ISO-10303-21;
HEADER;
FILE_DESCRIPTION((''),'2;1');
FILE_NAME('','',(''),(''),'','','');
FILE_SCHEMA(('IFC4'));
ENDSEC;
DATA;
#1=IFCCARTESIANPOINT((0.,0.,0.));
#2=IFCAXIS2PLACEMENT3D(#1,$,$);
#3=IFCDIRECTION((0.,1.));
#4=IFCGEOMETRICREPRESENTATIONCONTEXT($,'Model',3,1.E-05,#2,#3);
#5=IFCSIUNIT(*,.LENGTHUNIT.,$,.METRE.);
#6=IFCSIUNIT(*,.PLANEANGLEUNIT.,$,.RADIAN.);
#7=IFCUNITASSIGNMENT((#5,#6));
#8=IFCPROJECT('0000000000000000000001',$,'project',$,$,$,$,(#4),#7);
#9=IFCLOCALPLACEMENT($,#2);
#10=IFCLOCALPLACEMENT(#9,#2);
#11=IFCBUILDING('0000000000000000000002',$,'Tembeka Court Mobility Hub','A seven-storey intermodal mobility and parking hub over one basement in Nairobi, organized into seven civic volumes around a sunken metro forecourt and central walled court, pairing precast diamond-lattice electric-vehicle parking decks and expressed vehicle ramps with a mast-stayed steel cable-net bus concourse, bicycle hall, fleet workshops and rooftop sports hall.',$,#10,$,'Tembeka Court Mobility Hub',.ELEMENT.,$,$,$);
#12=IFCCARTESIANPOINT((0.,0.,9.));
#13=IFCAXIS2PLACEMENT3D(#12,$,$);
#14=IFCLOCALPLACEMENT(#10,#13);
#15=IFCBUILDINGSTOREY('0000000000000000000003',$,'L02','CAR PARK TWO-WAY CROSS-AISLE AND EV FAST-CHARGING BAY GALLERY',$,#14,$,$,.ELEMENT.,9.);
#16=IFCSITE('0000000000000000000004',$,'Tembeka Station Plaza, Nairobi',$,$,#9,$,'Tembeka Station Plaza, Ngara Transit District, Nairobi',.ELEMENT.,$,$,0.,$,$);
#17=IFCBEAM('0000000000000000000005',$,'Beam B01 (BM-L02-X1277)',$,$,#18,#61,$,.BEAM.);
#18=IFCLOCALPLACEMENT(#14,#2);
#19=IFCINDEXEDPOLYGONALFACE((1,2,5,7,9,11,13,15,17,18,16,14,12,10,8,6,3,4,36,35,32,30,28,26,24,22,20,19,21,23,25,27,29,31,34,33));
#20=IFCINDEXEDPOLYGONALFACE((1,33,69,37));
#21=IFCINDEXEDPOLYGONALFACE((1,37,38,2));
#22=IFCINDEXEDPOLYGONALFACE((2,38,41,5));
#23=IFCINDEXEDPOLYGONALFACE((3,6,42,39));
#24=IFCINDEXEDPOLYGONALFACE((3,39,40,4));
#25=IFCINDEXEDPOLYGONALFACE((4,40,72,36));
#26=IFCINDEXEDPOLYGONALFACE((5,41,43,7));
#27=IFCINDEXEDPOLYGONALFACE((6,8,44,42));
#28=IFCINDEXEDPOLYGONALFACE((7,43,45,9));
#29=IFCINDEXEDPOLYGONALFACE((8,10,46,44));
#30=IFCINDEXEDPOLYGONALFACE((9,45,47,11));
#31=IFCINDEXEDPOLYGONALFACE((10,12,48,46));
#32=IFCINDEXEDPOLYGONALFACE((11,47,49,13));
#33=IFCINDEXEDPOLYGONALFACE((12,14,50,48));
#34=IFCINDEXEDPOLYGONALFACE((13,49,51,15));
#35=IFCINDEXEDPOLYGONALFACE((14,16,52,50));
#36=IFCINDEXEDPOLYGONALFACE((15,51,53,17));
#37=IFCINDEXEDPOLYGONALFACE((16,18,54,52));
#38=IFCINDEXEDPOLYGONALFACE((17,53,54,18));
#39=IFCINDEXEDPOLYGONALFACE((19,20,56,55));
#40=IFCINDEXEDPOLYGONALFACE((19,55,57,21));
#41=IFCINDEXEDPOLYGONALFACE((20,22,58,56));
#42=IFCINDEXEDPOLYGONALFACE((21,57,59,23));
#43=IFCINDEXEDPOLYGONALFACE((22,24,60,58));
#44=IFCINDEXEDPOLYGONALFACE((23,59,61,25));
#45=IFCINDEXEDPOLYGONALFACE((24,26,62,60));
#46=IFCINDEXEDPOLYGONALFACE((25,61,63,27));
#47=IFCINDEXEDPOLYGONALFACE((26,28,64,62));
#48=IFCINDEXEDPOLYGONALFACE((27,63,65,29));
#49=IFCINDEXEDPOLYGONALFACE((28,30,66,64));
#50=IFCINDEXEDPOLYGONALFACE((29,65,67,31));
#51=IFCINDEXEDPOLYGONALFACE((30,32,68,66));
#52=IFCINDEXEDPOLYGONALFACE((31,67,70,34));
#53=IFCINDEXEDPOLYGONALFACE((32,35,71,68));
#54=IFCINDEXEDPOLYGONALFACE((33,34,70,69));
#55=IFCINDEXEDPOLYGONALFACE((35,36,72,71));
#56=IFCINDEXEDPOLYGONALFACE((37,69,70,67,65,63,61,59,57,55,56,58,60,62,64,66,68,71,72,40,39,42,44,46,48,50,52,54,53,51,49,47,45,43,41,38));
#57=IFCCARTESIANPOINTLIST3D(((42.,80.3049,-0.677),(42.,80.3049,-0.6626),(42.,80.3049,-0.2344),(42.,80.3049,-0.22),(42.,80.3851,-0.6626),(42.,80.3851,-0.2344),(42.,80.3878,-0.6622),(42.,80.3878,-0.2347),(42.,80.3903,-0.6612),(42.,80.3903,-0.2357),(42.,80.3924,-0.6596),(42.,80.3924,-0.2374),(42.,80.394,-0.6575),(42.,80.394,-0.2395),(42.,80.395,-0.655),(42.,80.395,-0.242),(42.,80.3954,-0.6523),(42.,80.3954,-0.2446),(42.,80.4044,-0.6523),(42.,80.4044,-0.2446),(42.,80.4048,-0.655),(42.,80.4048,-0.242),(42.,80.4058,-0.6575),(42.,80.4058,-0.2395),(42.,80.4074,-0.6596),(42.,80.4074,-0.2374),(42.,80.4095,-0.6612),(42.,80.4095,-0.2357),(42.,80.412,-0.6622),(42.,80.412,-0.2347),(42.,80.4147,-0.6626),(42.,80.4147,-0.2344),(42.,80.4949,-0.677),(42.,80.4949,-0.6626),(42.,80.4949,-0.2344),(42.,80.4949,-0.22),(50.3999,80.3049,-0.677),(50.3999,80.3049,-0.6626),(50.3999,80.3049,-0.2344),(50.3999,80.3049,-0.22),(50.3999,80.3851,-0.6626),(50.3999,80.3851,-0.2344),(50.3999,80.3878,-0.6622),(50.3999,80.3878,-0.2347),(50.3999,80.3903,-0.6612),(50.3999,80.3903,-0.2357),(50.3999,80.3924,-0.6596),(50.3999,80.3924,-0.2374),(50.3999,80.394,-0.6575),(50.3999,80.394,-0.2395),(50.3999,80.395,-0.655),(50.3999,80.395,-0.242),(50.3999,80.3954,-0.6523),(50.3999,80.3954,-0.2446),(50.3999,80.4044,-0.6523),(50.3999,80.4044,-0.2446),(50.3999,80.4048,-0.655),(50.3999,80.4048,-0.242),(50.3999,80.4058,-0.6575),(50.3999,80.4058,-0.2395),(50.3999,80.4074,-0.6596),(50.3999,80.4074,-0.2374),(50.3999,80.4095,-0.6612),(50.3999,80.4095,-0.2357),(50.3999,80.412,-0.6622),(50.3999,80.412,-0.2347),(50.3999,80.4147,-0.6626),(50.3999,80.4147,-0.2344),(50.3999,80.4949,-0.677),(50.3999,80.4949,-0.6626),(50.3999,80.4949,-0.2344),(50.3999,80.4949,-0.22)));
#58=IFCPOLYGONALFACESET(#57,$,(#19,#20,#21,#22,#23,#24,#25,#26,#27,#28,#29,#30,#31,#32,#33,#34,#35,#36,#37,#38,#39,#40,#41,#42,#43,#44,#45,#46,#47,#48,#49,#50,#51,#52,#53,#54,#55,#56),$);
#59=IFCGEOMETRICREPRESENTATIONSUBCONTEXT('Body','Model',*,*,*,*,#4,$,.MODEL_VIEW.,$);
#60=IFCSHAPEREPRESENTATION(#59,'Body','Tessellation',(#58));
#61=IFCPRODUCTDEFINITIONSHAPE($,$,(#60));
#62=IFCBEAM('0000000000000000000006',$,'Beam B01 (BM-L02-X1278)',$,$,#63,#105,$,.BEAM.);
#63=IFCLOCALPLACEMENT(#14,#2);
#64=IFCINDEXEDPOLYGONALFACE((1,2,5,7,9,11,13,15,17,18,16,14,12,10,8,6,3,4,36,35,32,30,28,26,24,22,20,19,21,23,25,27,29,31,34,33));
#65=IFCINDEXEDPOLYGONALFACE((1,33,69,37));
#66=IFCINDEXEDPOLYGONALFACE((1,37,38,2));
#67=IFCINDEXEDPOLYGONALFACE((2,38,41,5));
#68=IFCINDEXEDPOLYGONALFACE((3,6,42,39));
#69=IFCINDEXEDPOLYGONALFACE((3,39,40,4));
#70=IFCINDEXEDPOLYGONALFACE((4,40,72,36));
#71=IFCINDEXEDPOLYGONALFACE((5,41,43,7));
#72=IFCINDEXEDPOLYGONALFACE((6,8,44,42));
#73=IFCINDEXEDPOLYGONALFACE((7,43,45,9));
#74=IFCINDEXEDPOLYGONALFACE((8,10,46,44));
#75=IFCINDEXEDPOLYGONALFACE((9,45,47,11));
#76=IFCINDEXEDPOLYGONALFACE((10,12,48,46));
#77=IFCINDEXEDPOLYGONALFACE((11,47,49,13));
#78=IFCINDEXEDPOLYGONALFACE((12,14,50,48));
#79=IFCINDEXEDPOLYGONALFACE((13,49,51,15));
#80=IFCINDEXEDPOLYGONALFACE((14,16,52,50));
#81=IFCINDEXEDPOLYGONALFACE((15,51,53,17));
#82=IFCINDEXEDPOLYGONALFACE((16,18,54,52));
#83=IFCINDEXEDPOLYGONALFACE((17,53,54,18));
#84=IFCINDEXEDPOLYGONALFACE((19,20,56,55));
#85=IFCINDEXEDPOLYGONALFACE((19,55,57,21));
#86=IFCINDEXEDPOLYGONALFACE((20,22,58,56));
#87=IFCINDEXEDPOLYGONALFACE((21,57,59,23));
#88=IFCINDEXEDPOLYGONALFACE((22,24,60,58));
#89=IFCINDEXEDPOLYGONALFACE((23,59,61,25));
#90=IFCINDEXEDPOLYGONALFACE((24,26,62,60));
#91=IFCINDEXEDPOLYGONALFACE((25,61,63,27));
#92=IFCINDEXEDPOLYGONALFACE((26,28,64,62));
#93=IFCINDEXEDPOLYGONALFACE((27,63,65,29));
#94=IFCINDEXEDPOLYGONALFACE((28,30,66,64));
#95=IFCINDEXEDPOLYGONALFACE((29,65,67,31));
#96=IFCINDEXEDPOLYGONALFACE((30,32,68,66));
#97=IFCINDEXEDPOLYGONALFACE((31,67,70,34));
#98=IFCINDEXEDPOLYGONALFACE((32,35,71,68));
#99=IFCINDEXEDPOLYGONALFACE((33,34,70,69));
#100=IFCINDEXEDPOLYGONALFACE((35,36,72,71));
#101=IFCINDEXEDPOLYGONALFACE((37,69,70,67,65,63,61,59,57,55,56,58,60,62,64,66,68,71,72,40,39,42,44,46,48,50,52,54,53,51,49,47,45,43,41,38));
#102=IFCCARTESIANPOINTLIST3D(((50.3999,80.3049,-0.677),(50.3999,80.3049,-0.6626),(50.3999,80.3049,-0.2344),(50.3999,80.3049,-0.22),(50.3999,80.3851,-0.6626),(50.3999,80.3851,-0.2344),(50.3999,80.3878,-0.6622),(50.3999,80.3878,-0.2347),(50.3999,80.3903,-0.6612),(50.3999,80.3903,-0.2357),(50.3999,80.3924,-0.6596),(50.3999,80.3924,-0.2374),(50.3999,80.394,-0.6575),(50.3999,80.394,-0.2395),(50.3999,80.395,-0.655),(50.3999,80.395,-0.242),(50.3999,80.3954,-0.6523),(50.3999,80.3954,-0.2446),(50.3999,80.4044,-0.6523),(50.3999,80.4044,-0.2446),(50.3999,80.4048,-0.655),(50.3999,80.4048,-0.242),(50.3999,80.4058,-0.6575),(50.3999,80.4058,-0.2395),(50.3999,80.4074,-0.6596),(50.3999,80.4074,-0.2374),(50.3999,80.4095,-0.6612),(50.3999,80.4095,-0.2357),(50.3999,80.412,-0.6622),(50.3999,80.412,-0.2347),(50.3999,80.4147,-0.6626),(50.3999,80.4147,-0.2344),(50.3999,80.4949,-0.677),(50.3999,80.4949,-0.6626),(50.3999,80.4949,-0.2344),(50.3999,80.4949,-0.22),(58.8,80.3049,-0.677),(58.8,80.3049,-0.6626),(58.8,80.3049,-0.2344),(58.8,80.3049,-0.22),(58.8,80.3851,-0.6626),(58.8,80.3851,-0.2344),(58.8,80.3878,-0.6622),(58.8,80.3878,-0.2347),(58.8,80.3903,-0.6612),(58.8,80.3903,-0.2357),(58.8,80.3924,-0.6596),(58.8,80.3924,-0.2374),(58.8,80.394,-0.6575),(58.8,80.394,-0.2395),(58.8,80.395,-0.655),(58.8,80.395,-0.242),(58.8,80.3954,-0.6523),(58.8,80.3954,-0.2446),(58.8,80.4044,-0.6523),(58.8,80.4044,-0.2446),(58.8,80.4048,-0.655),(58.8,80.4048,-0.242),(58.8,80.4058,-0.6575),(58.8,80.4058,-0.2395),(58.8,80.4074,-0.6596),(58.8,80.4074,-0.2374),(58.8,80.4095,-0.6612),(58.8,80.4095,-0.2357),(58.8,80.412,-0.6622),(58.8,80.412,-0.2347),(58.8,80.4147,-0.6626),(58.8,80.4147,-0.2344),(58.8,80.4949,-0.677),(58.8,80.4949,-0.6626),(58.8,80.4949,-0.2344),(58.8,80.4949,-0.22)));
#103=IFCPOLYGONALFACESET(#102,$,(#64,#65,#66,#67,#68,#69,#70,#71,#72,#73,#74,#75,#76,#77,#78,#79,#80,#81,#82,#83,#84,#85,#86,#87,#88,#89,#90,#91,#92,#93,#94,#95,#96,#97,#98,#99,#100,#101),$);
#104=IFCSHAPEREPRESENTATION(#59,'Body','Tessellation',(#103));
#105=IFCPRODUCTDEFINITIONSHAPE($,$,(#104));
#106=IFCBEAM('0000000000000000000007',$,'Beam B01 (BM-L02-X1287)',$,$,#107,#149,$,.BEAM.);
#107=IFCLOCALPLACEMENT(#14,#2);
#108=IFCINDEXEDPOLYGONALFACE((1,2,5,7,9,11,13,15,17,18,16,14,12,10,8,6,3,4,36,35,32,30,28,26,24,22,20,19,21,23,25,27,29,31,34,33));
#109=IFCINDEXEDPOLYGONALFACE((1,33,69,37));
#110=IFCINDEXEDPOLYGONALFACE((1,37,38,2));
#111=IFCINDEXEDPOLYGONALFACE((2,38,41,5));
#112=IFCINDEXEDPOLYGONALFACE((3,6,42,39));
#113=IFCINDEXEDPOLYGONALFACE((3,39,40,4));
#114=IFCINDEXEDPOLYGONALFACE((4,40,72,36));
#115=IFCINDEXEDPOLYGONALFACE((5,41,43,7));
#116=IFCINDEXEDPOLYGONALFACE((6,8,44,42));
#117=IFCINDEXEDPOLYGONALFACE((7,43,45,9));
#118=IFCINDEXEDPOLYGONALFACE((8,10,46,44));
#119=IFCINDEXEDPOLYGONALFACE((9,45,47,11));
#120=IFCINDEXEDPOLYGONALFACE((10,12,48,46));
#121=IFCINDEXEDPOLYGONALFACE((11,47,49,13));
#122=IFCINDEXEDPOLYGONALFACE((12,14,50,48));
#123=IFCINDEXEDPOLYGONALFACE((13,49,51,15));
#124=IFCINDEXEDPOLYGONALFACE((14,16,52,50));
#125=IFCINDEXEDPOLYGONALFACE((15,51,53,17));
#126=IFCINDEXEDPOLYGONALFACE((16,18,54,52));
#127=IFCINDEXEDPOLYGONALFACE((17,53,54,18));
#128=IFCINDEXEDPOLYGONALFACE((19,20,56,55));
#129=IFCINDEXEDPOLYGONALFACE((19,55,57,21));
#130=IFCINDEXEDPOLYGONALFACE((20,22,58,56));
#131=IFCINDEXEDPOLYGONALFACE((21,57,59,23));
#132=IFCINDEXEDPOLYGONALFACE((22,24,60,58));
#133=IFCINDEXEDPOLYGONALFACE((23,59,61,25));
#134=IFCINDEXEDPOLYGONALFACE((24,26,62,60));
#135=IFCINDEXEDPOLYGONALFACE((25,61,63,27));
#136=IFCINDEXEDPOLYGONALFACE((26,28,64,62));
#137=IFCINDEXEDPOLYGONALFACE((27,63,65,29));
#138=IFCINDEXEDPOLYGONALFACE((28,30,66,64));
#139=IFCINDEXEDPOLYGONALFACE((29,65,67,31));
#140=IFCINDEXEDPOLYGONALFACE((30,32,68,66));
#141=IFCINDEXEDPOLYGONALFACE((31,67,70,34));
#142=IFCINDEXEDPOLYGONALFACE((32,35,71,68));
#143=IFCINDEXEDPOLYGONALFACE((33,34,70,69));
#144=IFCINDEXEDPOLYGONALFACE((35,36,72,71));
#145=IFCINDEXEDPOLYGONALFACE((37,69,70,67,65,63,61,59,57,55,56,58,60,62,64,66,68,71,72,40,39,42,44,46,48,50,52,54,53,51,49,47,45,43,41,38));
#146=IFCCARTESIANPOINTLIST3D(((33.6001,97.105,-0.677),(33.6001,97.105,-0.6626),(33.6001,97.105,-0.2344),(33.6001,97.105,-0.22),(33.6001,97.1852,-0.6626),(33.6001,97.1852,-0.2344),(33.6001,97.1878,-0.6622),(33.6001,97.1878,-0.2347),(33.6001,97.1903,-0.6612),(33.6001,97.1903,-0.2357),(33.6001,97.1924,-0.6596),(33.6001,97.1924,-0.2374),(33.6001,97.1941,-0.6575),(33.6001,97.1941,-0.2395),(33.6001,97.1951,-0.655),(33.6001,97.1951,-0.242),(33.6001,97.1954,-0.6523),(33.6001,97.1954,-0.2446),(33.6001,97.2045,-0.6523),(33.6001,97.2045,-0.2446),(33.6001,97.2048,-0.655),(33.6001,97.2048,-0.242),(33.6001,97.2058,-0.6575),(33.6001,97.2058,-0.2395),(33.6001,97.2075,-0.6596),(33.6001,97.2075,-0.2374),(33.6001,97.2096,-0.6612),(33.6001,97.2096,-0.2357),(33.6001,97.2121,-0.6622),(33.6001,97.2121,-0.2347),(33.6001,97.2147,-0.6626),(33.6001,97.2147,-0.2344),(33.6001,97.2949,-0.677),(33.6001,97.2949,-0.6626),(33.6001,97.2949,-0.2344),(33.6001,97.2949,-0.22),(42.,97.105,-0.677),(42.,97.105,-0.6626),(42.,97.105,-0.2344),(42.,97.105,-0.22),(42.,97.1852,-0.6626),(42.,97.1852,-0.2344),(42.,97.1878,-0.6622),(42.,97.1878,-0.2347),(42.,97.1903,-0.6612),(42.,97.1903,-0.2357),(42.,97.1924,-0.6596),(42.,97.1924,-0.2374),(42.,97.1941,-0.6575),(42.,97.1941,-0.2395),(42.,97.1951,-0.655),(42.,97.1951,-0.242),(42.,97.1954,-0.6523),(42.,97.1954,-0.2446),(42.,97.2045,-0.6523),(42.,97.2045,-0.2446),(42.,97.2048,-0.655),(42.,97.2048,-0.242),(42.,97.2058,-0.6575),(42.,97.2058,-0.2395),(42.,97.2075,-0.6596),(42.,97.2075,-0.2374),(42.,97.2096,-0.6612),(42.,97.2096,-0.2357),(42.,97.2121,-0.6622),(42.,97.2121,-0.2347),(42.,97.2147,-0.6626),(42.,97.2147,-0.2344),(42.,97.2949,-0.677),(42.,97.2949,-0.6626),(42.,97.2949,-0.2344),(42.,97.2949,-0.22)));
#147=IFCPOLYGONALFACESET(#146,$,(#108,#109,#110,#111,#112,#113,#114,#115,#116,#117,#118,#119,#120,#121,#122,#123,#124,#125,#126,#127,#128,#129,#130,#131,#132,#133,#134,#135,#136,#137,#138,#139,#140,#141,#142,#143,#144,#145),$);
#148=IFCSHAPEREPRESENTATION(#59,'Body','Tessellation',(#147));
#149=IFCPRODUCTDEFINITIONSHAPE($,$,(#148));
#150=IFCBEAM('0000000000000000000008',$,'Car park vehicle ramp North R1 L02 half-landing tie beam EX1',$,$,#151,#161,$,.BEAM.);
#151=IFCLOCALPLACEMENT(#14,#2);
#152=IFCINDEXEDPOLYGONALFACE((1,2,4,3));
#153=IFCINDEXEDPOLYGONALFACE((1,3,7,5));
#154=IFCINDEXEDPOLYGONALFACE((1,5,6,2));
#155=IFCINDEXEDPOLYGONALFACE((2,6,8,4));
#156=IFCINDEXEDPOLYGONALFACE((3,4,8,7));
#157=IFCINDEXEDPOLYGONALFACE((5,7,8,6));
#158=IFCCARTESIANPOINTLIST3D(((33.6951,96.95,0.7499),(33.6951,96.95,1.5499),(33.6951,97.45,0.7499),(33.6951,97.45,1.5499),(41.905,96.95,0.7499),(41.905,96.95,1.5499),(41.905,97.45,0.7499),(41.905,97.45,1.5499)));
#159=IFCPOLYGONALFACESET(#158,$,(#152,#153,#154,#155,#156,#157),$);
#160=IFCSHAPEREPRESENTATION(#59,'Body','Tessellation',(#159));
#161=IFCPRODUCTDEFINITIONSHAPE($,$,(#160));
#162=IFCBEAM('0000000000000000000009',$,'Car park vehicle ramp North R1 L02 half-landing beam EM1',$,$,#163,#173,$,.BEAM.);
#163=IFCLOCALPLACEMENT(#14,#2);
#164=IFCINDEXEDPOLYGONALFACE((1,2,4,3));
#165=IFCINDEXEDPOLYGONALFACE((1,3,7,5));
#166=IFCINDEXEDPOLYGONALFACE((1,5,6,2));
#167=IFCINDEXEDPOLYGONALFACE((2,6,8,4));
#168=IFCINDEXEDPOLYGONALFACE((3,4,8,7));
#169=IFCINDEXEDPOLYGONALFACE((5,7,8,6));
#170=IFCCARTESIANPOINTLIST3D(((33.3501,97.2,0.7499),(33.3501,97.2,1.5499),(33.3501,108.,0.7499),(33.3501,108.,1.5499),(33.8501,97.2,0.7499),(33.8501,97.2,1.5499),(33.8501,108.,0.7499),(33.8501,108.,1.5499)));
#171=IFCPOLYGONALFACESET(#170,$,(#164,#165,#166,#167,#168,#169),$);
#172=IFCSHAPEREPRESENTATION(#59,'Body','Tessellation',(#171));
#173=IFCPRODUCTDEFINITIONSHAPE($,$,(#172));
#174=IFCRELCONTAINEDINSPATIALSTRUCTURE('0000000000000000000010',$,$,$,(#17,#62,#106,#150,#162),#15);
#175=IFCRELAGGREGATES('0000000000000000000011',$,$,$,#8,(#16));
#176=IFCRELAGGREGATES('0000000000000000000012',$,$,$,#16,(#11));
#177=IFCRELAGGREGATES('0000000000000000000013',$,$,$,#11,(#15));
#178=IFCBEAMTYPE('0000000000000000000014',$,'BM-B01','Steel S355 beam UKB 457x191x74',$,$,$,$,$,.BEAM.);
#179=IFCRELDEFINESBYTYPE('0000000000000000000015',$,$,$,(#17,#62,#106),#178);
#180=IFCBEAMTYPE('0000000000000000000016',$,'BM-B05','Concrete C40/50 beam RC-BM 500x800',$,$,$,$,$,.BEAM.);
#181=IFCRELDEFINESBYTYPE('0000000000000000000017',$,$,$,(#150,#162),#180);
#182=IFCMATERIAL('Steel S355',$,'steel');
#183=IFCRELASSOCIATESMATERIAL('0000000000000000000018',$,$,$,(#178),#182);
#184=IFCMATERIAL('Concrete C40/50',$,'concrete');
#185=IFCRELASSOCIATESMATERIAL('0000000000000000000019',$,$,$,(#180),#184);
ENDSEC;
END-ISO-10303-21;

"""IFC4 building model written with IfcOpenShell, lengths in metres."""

from ifc_helpers import new_model, si_unit, direction, frame, origin, origin_2d, place, context, subcontext, project, spatial, rectangle, i_section, extrude, material, material_profile, profile_set, type_object, element, save


model = new_model("IFC4")

# Units and contexts
model_context = context("Model", 3, precision=1e-05, world=origin(), true_north=direction((0.0, 1.0)))
body_context = subcontext(model_context, "Body", "Model", "MODEL_VIEW")
ifc_project = project(units=[si_unit("LENGTHUNIT", "METRE"), si_unit("PLANEANGLEUNIT", "RADIAN")], contexts=[model_context])

# Site, building, storey
site_placement = place(None, origin())
site = spatial("IfcSite", under=ifc_project, at=site_placement, Name="Tembeka Station Plaza, Nairobi", LongName="Tembeka Station Plaza, Ngara Transit District, Nairobi", CompositionType="ELEMENT", RefElevation=0.0)
building_placement = place(site_placement, origin())
building = spatial("IfcBuilding", under=site, at=building_placement, Name="Tembeka Court Mobility Hub", Description="A seven-storey intermodal mobility and parking hub over one basement in Nairobi, organized into seven civic volumes around a sunken metro forecourt and central walled court, pairing precast diamond-lattice electric-vehicle parking decks and expressed vehicle ramps with a mast-stayed steel cable-net bus concourse, bicycle hall, fleet workshops and rooftop sports hall.", LongName="Tembeka Court Mobility Hub", CompositionType="ELEMENT")
storey_placement = place(building_placement, frame((0.0, 0.0, 9.0)))
storey = spatial("IfcBuildingStorey", under=building, at=storey_placement, Name="L02", Description="CAR PARK TWO-WAY CROSS-AISLE AND EV FAST-CHARGING BAY GALLERY", CompositionType="ELEMENT", Elevation=9.0)

# Shared definitions
ifc_material_1 = material(Name="Steel S355", Category="steel")

# Beams
ifc_material_profile_1 = material_profile(ifc_material_1, i_section(OverallWidth=0.1899, OverallDepth=0.457, WebThickness=0.009, FlangeThickness=0.0144, FilletRadius=0.0103, at=origin_2d()), Name="UKB 457x191x74")
ifc_profile_set_1 = profile_set([ifc_material_profile_1], Name="Steel S355")
beam_type_1 = type_object("IfcBeamType", Name="BM-B01", Description="Steel S355 beam UKB 457x191x74", PredefinedType="BEAM", material=ifc_profile_set_1)
for number, where, z_axis, x_axis, name in (
    (1, (42.0, 80.3999, -0.4485), (1.0, 0.0, 0.0), (0.0, 1.0, 0.0), "Beam B01 (BM-L02-X1277)"),
):
    element("IfcBeam", number, at=place(storey_placement, frame(where, z_axis=z_axis, x_axis=x_axis)), inside=storey, type_object=beam_type_1, Name=name, PredefinedType="BEAM", context=body_context, shape_type="SweptSolid", body=[
        extrude(i_section(OverallWidth=0.1899, OverallDepth=0.457, WebThickness=0.009, FlangeThickness=0.0144, FilletRadius=0.0103, at=origin_2d()), origin(), (0.0, 0.0, 1.0), 8.3999),
    ])
beam_1_placement = place(storey_placement, frame((50.3999, 80.3999, -0.4485), z_axis=(1.0, 0.0, 0.0), x_axis=(0.0, 1.0, 0.0)))
element("IfcBeam", 2, at=beam_1_placement, inside=storey, type_object=beam_type_1, Name="Beam B01 (BM-L02-X1278)", PredefinedType="BEAM", context=body_context, shape_type="SweptSolid", body=[
    extrude(i_section(OverallWidth=0.1899, OverallDepth=0.457, WebThickness=0.009, FlangeThickness=0.0144, FilletRadius=0.0103, at=origin_2d()), origin(), (0.0, 0.0, 1.0), 8.4001),
])
beam_2_placement = place(storey_placement, frame((33.6001, 97.2, -0.4485), z_axis=(1.0, 0.0, 0.0), x_axis=(0.0, 1.0, 0.0)))
element("IfcBeam", 3, at=beam_2_placement, inside=storey, type_object=beam_type_1, Name="Beam B01 (BM-L02-X1287)", PredefinedType="BEAM", context=body_context, shape_type="SweptSolid", body=[
    extrude(i_section(OverallWidth=0.1899, OverallDepth=0.457, WebThickness=0.009, FlangeThickness=0.0144, FilletRadius=0.0103, at=origin_2d()), origin(), (0.0, 0.0, 1.0), 8.3999),
])
ifc_material_2 = material(Name="Concrete C40/50", Category="concrete")
ifc_material_profile_2 = material_profile(ifc_material_2, rectangle(XDim=0.5, YDim=0.8, at=origin_2d()), Name="RC-BM 500x800")
ifc_profile_set_2 = profile_set([ifc_material_profile_2], Name="Concrete C40/50")
beam_type_2 = type_object("IfcBeamType", Name="BM-B05", Description="Concrete C40/50 beam RC-BM 500x800", PredefinedType="BEAM", material=ifc_profile_set_2)
beam_3_placement = place(storey_placement, frame((33.6951, 97.2, 1.1499), z_axis=(1.0, 0.0, 0.0), x_axis=(0.0, 1.0, 0.0)))
element("IfcBeam", 4, at=beam_3_placement, inside=storey, type_object=beam_type_2, Name="Car park vehicle ramp North R1 L02 half-landing tie beam EX1", PredefinedType="BEAM", context=body_context, shape_type="SweptSolid", body=[
    extrude(rectangle(XDim=0.5, YDim=0.8, at=origin_2d()), origin(), (0.0, 0.0, 1.0), 8.21),
])
beam_4_placement = place(storey_placement, frame((33.6001, 97.2, 1.1499), z_axis=(0.0, 1.0, 0.0), x_axis=(-1.0, 0.0, 0.0)))
element("IfcBeam", 5, at=beam_4_placement, inside=storey, type_object=beam_type_2, Name="Car park vehicle ramp North R1 L02 half-landing beam EM1", PredefinedType="BEAM", context=body_context, shape_type="SweptSolid", body=[
    extrude(rectangle(XDim=0.5, YDim=0.8, at=origin_2d()), origin(), (0.0, 0.0, 1.0), 10.8),
])

save(model, "model.ifc")
